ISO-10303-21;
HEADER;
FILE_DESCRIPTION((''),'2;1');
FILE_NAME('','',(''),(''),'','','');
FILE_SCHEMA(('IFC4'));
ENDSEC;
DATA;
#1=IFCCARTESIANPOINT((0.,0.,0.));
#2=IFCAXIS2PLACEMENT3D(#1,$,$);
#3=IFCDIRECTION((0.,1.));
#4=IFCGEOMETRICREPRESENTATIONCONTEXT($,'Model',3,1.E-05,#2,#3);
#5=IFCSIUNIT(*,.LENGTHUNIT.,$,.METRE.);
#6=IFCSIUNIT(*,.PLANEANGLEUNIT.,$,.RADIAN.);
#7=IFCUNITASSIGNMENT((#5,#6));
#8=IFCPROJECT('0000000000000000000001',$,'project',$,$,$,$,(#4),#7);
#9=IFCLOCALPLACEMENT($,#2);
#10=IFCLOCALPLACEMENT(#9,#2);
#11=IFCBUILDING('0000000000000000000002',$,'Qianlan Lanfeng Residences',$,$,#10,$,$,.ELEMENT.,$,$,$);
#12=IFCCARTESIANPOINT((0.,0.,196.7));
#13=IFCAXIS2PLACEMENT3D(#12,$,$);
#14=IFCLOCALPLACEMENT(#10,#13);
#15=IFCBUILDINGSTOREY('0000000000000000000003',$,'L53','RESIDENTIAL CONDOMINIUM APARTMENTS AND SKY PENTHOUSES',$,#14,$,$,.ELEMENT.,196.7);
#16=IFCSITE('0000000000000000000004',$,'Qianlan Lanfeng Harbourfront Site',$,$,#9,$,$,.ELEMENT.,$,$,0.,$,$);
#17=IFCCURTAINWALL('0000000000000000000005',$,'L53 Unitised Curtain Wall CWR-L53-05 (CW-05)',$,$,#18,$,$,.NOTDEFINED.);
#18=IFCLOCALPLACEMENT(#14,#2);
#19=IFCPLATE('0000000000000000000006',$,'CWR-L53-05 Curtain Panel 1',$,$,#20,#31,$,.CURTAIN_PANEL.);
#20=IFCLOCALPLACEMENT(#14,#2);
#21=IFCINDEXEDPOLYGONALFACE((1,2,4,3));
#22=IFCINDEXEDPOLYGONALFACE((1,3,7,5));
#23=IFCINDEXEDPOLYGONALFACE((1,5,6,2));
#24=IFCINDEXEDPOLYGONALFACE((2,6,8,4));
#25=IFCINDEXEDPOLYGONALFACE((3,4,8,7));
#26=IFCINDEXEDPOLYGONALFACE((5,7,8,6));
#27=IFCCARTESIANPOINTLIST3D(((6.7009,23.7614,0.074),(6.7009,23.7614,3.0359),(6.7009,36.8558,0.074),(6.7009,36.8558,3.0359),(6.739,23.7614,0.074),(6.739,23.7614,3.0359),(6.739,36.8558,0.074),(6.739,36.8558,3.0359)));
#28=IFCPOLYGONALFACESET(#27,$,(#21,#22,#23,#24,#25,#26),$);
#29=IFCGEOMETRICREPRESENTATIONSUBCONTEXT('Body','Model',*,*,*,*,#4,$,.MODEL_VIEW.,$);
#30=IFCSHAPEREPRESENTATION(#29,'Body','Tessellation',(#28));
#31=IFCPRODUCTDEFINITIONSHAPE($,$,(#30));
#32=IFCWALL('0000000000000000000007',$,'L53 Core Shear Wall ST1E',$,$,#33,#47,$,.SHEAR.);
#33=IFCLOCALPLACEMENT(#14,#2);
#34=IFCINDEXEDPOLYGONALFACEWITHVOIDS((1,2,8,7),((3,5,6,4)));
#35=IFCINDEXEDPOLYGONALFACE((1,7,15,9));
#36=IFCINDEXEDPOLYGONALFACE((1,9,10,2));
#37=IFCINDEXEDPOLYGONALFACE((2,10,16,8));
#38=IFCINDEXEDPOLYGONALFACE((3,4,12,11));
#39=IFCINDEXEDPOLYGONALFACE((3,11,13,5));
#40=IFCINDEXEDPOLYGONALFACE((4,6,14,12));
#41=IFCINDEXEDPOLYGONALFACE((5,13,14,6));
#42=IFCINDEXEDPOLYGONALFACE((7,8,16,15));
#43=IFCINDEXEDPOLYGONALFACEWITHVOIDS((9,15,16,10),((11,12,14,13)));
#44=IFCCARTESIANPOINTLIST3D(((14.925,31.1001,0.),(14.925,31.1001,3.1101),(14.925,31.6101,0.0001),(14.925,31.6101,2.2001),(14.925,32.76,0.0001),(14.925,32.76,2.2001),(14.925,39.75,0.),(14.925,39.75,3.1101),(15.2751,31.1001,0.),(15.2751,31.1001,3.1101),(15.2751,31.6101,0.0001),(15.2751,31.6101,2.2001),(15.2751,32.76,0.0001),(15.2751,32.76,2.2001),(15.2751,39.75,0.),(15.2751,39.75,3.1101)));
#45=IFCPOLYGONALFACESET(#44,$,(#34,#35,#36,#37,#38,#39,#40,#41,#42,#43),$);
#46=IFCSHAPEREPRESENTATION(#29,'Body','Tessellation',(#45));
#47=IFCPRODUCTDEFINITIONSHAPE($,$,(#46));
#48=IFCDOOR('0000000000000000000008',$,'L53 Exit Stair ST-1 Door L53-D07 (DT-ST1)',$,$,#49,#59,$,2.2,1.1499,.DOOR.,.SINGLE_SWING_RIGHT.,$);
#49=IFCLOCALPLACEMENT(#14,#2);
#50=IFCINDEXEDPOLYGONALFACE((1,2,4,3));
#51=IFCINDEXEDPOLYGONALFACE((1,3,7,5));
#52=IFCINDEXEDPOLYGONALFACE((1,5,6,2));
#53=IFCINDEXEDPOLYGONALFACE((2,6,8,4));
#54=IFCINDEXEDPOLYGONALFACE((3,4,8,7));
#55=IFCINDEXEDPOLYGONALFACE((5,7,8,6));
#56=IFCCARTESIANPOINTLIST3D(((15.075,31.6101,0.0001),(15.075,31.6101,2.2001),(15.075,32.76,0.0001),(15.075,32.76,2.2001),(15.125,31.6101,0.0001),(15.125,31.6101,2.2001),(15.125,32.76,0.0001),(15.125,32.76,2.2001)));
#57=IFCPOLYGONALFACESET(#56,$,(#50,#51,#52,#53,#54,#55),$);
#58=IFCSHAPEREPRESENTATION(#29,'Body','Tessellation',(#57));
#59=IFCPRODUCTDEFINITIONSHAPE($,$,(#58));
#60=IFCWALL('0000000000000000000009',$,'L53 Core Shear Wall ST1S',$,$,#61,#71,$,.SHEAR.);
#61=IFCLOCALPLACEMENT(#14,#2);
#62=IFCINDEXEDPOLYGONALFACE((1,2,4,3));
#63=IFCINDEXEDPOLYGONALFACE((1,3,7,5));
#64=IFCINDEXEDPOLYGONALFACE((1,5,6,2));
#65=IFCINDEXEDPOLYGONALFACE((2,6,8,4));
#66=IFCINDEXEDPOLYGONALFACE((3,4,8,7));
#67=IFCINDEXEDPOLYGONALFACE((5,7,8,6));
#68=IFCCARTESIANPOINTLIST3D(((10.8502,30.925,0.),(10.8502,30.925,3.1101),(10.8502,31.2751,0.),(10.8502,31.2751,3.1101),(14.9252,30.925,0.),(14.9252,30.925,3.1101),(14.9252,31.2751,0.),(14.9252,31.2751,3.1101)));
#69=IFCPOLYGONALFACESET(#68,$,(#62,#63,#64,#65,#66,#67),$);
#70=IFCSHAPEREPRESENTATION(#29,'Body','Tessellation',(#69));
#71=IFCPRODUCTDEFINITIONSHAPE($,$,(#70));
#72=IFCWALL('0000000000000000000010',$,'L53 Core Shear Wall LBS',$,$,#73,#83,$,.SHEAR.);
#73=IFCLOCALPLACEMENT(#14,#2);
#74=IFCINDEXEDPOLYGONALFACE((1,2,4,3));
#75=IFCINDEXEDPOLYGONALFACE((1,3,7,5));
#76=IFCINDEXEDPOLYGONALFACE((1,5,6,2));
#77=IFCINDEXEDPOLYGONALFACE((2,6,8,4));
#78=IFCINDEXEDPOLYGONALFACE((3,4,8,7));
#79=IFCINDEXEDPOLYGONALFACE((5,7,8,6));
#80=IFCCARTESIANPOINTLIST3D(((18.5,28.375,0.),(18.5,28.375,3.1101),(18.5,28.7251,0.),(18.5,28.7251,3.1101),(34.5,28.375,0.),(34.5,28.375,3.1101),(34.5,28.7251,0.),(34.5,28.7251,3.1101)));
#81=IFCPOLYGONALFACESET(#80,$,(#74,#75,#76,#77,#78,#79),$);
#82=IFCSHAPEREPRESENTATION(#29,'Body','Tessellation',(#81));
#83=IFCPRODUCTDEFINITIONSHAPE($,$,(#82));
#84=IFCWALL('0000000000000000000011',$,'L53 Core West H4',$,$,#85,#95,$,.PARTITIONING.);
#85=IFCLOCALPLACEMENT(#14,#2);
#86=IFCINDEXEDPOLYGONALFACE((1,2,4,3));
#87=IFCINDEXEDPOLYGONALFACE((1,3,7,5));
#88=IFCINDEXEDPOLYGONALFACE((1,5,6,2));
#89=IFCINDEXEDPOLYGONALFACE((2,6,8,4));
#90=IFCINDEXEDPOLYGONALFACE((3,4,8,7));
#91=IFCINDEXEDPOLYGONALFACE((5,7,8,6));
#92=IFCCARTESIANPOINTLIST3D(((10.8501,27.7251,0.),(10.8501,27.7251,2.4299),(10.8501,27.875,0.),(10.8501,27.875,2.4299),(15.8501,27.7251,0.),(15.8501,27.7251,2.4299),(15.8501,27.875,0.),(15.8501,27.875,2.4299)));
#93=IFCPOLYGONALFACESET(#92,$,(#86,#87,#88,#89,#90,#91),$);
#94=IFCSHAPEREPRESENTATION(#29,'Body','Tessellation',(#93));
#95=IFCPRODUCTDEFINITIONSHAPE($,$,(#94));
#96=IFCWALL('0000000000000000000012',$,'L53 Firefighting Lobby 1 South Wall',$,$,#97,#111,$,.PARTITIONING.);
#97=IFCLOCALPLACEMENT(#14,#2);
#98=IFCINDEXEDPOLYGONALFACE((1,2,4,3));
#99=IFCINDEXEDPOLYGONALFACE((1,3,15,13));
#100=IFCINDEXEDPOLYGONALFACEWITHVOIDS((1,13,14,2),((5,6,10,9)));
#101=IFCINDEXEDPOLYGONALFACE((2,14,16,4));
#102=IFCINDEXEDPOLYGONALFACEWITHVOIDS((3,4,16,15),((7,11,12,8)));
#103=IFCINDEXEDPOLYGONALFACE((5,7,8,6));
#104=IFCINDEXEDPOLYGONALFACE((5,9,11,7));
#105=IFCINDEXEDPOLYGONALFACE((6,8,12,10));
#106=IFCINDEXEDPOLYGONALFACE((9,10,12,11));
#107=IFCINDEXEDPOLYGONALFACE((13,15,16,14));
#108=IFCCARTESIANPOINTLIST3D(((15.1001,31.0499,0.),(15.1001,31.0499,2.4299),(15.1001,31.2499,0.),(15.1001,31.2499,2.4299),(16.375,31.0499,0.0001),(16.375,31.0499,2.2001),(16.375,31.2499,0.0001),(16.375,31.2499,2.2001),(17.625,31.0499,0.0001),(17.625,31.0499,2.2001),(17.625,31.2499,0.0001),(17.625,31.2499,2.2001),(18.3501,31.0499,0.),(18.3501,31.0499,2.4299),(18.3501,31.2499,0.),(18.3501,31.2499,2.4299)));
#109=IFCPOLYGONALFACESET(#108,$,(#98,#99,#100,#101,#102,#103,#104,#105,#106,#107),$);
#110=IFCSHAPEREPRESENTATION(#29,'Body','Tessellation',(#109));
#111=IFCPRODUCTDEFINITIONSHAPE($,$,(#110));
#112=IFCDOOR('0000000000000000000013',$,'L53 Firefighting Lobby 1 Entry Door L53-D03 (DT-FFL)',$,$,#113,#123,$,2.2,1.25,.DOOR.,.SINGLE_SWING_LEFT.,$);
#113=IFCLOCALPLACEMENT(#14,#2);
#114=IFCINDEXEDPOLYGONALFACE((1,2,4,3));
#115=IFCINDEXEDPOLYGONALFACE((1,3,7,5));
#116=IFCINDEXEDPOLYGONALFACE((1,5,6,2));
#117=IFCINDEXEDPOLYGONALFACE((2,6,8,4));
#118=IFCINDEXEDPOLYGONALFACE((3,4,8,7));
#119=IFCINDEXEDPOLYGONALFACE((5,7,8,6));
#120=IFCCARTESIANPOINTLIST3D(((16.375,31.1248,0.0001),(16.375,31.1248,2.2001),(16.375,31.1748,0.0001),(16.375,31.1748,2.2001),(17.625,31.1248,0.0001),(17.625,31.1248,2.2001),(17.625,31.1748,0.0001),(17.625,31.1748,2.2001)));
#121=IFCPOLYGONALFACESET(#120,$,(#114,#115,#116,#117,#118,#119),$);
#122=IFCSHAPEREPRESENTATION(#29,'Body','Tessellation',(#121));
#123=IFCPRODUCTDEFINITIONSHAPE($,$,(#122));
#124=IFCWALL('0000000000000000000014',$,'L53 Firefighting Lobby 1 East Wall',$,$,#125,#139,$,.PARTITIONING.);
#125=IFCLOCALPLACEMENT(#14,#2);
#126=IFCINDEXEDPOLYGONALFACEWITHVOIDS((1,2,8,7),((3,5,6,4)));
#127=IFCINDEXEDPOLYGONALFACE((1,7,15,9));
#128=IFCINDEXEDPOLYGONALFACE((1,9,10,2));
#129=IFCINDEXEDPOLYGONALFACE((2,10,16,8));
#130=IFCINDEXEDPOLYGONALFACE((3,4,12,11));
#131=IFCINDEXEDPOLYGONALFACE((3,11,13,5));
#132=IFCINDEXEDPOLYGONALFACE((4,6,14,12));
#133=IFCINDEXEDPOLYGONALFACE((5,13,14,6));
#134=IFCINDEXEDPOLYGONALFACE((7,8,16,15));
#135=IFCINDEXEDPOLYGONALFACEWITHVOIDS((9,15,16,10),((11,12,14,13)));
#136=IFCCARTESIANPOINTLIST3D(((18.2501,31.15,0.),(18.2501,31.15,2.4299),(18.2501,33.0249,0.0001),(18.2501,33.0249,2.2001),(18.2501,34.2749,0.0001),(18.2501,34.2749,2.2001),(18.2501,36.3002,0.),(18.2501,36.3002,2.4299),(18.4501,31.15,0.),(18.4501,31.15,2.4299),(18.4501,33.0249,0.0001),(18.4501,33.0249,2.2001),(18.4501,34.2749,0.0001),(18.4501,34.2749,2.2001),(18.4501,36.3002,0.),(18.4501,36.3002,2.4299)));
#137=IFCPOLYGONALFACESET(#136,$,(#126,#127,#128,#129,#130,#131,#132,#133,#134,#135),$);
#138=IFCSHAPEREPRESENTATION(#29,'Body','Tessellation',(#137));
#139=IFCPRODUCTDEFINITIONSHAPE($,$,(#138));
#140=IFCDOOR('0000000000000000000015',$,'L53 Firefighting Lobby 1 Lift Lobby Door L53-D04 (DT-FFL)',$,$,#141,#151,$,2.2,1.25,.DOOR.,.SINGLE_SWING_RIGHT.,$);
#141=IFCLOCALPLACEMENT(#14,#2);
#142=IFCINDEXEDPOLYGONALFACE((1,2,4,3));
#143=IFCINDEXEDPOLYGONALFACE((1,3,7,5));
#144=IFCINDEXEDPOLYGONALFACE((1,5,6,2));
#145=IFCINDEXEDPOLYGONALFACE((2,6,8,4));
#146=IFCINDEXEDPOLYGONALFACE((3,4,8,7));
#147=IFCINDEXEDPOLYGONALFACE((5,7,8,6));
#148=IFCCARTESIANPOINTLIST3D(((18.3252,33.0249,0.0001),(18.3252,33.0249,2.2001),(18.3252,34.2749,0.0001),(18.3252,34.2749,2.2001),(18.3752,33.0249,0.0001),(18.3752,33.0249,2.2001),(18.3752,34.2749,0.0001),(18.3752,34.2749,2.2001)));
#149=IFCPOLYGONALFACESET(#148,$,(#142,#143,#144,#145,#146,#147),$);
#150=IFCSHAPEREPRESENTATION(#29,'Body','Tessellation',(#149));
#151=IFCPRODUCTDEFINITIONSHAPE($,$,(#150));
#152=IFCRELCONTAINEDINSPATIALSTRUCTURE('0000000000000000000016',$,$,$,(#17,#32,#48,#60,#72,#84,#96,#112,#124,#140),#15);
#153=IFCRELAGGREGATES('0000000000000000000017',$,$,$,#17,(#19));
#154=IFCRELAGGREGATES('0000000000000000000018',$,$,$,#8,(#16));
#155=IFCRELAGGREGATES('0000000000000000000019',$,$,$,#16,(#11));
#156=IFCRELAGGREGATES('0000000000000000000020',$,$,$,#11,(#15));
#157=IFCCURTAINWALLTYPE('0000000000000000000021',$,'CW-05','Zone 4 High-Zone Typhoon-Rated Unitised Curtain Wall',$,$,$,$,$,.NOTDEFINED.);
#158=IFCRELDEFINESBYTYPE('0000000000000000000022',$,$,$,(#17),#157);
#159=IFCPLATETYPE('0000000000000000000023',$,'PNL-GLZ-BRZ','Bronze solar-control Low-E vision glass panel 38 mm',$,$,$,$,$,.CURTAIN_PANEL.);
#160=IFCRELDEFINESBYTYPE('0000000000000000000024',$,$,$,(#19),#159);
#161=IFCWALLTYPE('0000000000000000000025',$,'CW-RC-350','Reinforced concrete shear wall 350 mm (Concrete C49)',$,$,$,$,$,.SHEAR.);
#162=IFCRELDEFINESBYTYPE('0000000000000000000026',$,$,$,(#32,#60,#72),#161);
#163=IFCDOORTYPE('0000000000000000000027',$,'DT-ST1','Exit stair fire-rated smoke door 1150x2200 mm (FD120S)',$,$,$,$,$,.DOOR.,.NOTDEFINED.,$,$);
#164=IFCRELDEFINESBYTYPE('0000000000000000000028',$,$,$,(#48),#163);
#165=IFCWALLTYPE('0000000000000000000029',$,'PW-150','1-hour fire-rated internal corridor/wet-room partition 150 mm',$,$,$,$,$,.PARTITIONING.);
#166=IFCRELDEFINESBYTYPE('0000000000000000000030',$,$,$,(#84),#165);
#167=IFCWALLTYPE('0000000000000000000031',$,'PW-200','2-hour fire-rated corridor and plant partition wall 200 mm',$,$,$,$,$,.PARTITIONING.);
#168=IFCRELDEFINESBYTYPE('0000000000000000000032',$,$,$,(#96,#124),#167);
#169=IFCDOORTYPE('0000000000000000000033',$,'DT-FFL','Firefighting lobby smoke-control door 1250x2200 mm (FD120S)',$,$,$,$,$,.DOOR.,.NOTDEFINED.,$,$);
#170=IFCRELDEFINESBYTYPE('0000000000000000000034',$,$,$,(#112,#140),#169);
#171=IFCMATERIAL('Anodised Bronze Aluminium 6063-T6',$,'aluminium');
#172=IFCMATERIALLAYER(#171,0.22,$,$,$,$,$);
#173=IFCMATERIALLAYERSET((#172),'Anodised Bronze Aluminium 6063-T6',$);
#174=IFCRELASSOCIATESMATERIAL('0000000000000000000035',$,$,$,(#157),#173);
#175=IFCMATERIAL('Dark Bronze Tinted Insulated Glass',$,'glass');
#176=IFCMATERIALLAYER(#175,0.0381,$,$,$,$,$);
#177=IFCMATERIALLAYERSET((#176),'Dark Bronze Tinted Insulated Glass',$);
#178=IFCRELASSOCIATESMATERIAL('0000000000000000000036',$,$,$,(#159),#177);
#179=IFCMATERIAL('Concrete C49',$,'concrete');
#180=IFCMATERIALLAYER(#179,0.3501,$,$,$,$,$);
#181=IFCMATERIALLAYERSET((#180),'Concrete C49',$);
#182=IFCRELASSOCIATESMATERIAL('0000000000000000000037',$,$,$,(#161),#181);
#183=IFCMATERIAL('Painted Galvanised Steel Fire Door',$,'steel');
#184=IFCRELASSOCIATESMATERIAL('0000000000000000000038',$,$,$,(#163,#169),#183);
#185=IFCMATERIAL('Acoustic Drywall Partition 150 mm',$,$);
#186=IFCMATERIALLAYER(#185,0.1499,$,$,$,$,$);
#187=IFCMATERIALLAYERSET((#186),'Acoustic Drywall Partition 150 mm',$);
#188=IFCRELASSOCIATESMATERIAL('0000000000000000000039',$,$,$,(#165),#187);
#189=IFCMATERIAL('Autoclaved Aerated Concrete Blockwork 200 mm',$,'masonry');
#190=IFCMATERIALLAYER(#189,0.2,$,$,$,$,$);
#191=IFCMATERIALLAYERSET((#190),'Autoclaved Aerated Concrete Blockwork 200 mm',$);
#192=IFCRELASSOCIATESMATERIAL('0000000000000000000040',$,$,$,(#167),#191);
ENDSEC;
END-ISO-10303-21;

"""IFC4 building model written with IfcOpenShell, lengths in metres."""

from ifc_helpers import new_model, si_unit, direction, frame, frame_2d, origin, origin_2d, place, context, subcontext, project, spatial, rectangle, extrude, source, transform, mapped, material, layer, layer_set, type_object, element, fill, aggregate, save


model = new_model("IFC4")

# Units and contexts
model_context = context("Model", 3, precision=1e-05, world=origin(), true_north=direction((0.0, 1.0)))
body_context = subcontext(model_context, "Body", "Model", "MODEL_VIEW")
ifc_project = project(units=[si_unit("LENGTHUNIT", "METRE"), si_unit("PLANEANGLEUNIT", "RADIAN")], contexts=[model_context])

# Site, building, storey
site_placement = place(None, origin())
site = spatial("IfcSite", under=ifc_project, at=site_placement, Name="Qianlan Lanfeng Harbourfront Site", CompositionType="ELEMENT", RefElevation=0.0)
building_placement = place(site_placement, origin())
building = spatial("IfcBuilding", under=site, at=building_placement, Name="Qianlan Lanfeng Residences", CompositionType="ELEMENT")
storey_placement = place(building_placement, frame((0.0, 0.0, 196.7)))
storey = spatial("IfcBuildingStorey", under=building, at=storey_placement, Name="L53", Description="RESIDENTIAL CONDOMINIUM APARTMENTS AND SKY PENTHOUSES", CompositionType="ELEMENT", Elevation=196.7)

# Curtain wall, plate
ifc_material_1 = material(Name="Anodised Bronze Aluminium 6063-T6", Category="aluminium")
ifc_layer_1 = layer(ifc_material_1, 0.22)
ifc_layer_set_1 = layer_set([ifc_layer_1], Name="Anodised Bronze Aluminium 6063-T6")
curtain_wall_type = type_object("IfcCurtainWallType", Name="CW-05", Description="Zone 4 High-Zone Typhoon-Rated Unitised Curtain Wall", PredefinedType="NOTDEFINED", material=ifc_layer_set_1)
curtain_wall_placement = place(storey_placement, origin())
curtain_wall = element("IfcCurtainWall", 1, at=curtain_wall_placement, inside=storey, type_object=curtain_wall_type, Name="L53 Unitised Curtain Wall CWR-L53-05 (CW-05)", PredefinedType="NOTDEFINED")
ifc_material_2 = material(Name="Dark Bronze Tinted Insulated Glass", Category="glass")
ifc_layer_2 = layer(ifc_material_2, 0.0381)
ifc_layer_set_2 = layer_set([ifc_layer_2], Name="Dark Bronze Tinted Insulated Glass")
plate_type = type_object("IfcPlateType", Name="PNL-GLZ-BRZ", Description="Bronze solar-control Low-E vision glass panel 38 mm", PredefinedType="CURTAIN_PANEL", material=ifc_layer_set_2)
shared_shape_1 = source(origin(), body_context, "Body", "SweptSolid", [
    extrude(rectangle(XDim=13.0945, YDim=0.0381, at=origin_2d()), origin(), (0.0, 0.0, 1.0), 2.9619),
])
plate_placement = place(storey_placement, frame((6.72, 30.3086, 0.074), z_axis=(0.0, 0.0, 1.0), x_axis=(0.0, -1.0, 0.0)))
plate = element("IfcPlate", 2, at=plate_placement, type_object=plate_type, Name="CWR-L53-05 Curtain Panel 1", PredefinedType="CURTAIN_PANEL", context=body_context, shape_type="MappedRepresentation", body=[
    mapped(shared_shape_1, transform((0.0, 0.0, 0.0), scale=1.0)),
])
aggregate(curtain_wall, [plate])

# Wall, opening, door
ifc_material_3 = material(Name="Concrete C49", Category="concrete")
ifc_layer_3 = layer(ifc_material_3, 0.3501)
ifc_layer_set_3 = layer_set([ifc_layer_3], Name="Concrete C49")
wall_type_1 = type_object("IfcWallType", Name="CW-RC-350", Description="Reinforced concrete shear wall 350 mm (Concrete C49)", PredefinedType="SHEAR", material=ifc_layer_set_3)
wall_1_placement = place(storey_placement, frame((15.1001, 31.1001, 0.0), z_axis=(0.0, 0.0, 1.0), x_axis=(0.0, 1.0, 0.0)))
wall_1 = element("IfcWall", 3, at=wall_1_placement, inside=storey, type_object=wall_type_1, Name="L53 Core Shear Wall ST1E", PredefinedType="SHEAR", context=body_context, shape_type="SweptSolid", body=[
    extrude(rectangle(XDim=8.6499, YDim=0.3501, at=frame_2d((4.325, 0.0))), origin(), (0.0, 0.0, 1.0), 3.1101),
])
opening_1_placement = place(wall_1_placement, frame((0.51, 0.0, 0.0)))
opening_1 = element("IfcOpeningElement", 4, at=opening_1_placement, cuts=wall_1, PredefinedType="OPENING", context=body_context, shape_type="SweptSolid", body=[
    extrude(rectangle(XDim=1.1499, YDim=2.2, at=frame_2d((0.575, 1.1001))), frame((0.0, 0.1851, 0.0), z_axis=(0.0, -1.0, 0.0), x_axis=(1.0, 0.0, 0.0)), (0.0, 0.0, 1.0), 0.3701),
])
ifc_material_4 = material(Name="Painted Galvanised Steel Fire Door", Category="steel")
door_type_1 = type_object("IfcDoorType", Name="DT-ST1", Description="Exit stair fire-rated smoke door 1150x2200 mm (FD120S)", OperationType="NOTDEFINED", PredefinedType="DOOR", material=ifc_material_4)
door_1_placement = place(opening_1_placement, frame((1.1499, 0.0, 0.0), z_axis=(0.0, 0.0, 1.0), x_axis=(-1.0, 0.0, 0.0)))
door_1 = element("IfcDoor", 5, at=door_1_placement, inside=storey, type_object=door_type_1, Name="L53 Exit Stair ST-1 Door L53-D07 (DT-ST1)", OperationType="SINGLE_SWING_RIGHT", OverallHeight=2.2, OverallWidth=1.1499, PredefinedType="DOOR", context=body_context, shape_type="SweptSolid", body=[
    extrude(rectangle(XDim=1.1499, YDim=2.2, at=frame_2d((0.575, 1.1001))), frame((0.0, 0.0249, 0.0), z_axis=(0.0, -1.0, 0.0), x_axis=(1.0, 0.0, 0.0)), (0.0, 0.0, 1.0), 0.05),
])
fill(opening_1, door_1)

# Walls
wall_2_placement = place(storey_placement, frame((10.8501, 31.1001, 0.0), z_axis=(0.0, 0.0, 1.0), x_axis=(1.0, 0.0, 0.0)))
element("IfcWall", 6, at=wall_2_placement, inside=storey, type_object=wall_type_1, Name="L53 Core Shear Wall ST1S", PredefinedType="SHEAR", context=body_context, shape_type="SweptSolid", body=[
    extrude(rectangle(XDim=4.075, YDim=0.3501, at=frame_2d((2.0376, 0.0))), origin(), (0.0, 0.0, 1.0), 3.1101),
])
wall_3_placement = place(storey_placement, frame((18.5, 28.55, 0.0), z_axis=(0.0, 0.0, 1.0), x_axis=(1.0, 0.0, 0.0)))
element("IfcWall", 7, at=wall_3_placement, inside=storey, type_object=wall_type_1, Name="L53 Core Shear Wall LBS", PredefinedType="SHEAR", context=body_context, shape_type="SweptSolid", body=[
    extrude(rectangle(XDim=16.0, YDim=0.3501, at=frame_2d((8.0, 0.0))), origin(), (0.0, 0.0, 1.0), 3.1101),
])
ifc_material_5 = material(Name="Acoustic Drywall Partition 150 mm")
ifc_layer_4 = layer(ifc_material_5, 0.1499)
ifc_layer_set_4 = layer_set([ifc_layer_4], Name="Acoustic Drywall Partition 150 mm")
wall_type_2 = type_object("IfcWallType", Name="PW-150", Description="1-hour fire-rated internal corridor/wet-room partition 150 mm", PredefinedType="PARTITIONING", material=ifc_layer_set_4)
wall_4_placement = place(storey_placement, frame((10.8501, 27.8, 0.0), z_axis=(0.0, 0.0, 1.0), x_axis=(1.0, 0.0, 0.0)))
element("IfcWall", 8, at=wall_4_placement, inside=storey, type_object=wall_type_2, Name="L53 Core West H4", PredefinedType="PARTITIONING", context=body_context, shape_type="SweptSolid", body=[
    extrude(rectangle(XDim=5.0, YDim=0.1499, at=frame_2d((2.5, 0.0))), origin(), (0.0, 0.0, 1.0), 2.4299),
])

# Walls, openings, doors
ifc_material_6 = material(Name="Autoclaved Aerated Concrete Blockwork 200 mm", Category="masonry")
ifc_layer_5 = layer(ifc_material_6, 0.2)
ifc_layer_set_5 = layer_set([ifc_layer_5], Name="Autoclaved Aerated Concrete Blockwork 200 mm")
wall_type_3 = type_object("IfcWallType", Name="PW-200", Description="2-hour fire-rated corridor and plant partition wall 200 mm", PredefinedType="PARTITIONING", material=ifc_layer_set_5)
wall_5_placement = place(storey_placement, frame((15.1001, 31.1499, 0.0), z_axis=(0.0, 0.0, 1.0), x_axis=(1.0, 0.0, 0.0)))
wall_5 = element("IfcWall", 9, at=wall_5_placement, inside=storey, type_object=wall_type_3, Name="L53 Firefighting Lobby 1 South Wall", PredefinedType="PARTITIONING", context=body_context, shape_type="SweptSolid", body=[
    extrude(rectangle(XDim=3.25, YDim=0.2, at=frame_2d((1.625, 0.0))), origin(), (0.0, 0.0, 1.0), 2.4299),
])
opening_2_placement = place(wall_5_placement, frame((1.2749, 0.0, 0.0)))
opening_2 = element("IfcOpeningElement", 10, at=opening_2_placement, cuts=wall_5, PredefinedType="OPENING", context=body_context, shape_type="SweptSolid", body=[
    extrude(rectangle(XDim=1.25, YDim=2.2, at=frame_2d((0.625, 1.1001))), frame((0.0, 0.1099, 0.0), z_axis=(0.0, -1.0, 0.0), x_axis=(1.0, 0.0, 0.0)), (0.0, 0.0, 1.0), 0.22),
])
door_type_2 = type_object("IfcDoorType", Name="DT-FFL", Description="Firefighting lobby smoke-control door 1250x2200 mm (FD120S)", OperationType="NOTDEFINED", PredefinedType="DOOR", material=ifc_material_4)
door_2_placement = place(opening_2_placement, origin())
door_2 = element("IfcDoor", 11, at=door_2_placement, inside=storey, type_object=door_type_2, Name="L53 Firefighting Lobby 1 Entry Door L53-D03 (DT-FFL)", OperationType="SINGLE_SWING_LEFT", OverallHeight=2.2, OverallWidth=1.25, PredefinedType="DOOR", context=body_context, shape_type="SweptSolid", body=[
    extrude(rectangle(XDim=1.25, YDim=2.2, at=frame_2d((0.625, 1.1001))), frame((0.0, 0.0249, 0.0), z_axis=(0.0, -1.0, 0.0), x_axis=(1.0, 0.0, 0.0)), (0.0, 0.0, 1.0), 0.05),
])
fill(opening_2, door_2)
wall_6_placement = place(storey_placement, frame((18.3501, 31.1499, 0.0), z_axis=(0.0, 0.0, 1.0), x_axis=(0.0, 1.0, 0.0)))
wall_6 = element("IfcWall", 12, at=wall_6_placement, inside=storey, type_object=wall_type_3, Name="L53 Firefighting Lobby 1 East Wall", PredefinedType="PARTITIONING", context=body_context, shape_type="SweptSolid", body=[
    extrude(rectangle(XDim=5.1501, YDim=0.2, at=frame_2d((2.5752, 0.0))), origin(), (0.0, 0.0, 1.0), 2.4299),
])
opening_3_placement = place(wall_6_placement, frame((1.875, 0.0, 0.0)))
opening_3 = element("IfcOpeningElement", 13, at=opening_3_placement, cuts=wall_6, PredefinedType="OPENING", context=body_context, shape_type="SweptSolid", body=[
    extrude(rectangle(XDim=1.25, YDim=2.2, at=frame_2d((0.625, 1.1001))), frame((0.0, 0.1099, 0.0), z_axis=(0.0, -1.0, 0.0), x_axis=(1.0, 0.0, 0.0)), (0.0, 0.0, 1.0), 0.22),
])
door_3_placement = place(opening_3_placement, origin())
door_3 = element("IfcDoor", 14, at=door_3_placement, inside=storey, type_object=door_type_2, Name="L53 Firefighting Lobby 1 Lift Lobby Door L53-D04 (DT-FFL)", OperationType="SINGLE_SWING_RIGHT", OverallHeight=2.2, OverallWidth=1.25, PredefinedType="DOOR", context=body_context, shape_type="SweptSolid", body=[
    extrude(rectangle(XDim=1.25, YDim=2.2, at=frame_2d((0.625, 1.1001))), frame((0.0, 0.0249, 0.0), z_axis=(0.0, -1.0, 0.0), x_axis=(1.0, 0.0, 0.0)), (0.0, 0.0, 1.0), 0.05),
])
fill(opening_3, door_3)

save(model, "model.ifc")
